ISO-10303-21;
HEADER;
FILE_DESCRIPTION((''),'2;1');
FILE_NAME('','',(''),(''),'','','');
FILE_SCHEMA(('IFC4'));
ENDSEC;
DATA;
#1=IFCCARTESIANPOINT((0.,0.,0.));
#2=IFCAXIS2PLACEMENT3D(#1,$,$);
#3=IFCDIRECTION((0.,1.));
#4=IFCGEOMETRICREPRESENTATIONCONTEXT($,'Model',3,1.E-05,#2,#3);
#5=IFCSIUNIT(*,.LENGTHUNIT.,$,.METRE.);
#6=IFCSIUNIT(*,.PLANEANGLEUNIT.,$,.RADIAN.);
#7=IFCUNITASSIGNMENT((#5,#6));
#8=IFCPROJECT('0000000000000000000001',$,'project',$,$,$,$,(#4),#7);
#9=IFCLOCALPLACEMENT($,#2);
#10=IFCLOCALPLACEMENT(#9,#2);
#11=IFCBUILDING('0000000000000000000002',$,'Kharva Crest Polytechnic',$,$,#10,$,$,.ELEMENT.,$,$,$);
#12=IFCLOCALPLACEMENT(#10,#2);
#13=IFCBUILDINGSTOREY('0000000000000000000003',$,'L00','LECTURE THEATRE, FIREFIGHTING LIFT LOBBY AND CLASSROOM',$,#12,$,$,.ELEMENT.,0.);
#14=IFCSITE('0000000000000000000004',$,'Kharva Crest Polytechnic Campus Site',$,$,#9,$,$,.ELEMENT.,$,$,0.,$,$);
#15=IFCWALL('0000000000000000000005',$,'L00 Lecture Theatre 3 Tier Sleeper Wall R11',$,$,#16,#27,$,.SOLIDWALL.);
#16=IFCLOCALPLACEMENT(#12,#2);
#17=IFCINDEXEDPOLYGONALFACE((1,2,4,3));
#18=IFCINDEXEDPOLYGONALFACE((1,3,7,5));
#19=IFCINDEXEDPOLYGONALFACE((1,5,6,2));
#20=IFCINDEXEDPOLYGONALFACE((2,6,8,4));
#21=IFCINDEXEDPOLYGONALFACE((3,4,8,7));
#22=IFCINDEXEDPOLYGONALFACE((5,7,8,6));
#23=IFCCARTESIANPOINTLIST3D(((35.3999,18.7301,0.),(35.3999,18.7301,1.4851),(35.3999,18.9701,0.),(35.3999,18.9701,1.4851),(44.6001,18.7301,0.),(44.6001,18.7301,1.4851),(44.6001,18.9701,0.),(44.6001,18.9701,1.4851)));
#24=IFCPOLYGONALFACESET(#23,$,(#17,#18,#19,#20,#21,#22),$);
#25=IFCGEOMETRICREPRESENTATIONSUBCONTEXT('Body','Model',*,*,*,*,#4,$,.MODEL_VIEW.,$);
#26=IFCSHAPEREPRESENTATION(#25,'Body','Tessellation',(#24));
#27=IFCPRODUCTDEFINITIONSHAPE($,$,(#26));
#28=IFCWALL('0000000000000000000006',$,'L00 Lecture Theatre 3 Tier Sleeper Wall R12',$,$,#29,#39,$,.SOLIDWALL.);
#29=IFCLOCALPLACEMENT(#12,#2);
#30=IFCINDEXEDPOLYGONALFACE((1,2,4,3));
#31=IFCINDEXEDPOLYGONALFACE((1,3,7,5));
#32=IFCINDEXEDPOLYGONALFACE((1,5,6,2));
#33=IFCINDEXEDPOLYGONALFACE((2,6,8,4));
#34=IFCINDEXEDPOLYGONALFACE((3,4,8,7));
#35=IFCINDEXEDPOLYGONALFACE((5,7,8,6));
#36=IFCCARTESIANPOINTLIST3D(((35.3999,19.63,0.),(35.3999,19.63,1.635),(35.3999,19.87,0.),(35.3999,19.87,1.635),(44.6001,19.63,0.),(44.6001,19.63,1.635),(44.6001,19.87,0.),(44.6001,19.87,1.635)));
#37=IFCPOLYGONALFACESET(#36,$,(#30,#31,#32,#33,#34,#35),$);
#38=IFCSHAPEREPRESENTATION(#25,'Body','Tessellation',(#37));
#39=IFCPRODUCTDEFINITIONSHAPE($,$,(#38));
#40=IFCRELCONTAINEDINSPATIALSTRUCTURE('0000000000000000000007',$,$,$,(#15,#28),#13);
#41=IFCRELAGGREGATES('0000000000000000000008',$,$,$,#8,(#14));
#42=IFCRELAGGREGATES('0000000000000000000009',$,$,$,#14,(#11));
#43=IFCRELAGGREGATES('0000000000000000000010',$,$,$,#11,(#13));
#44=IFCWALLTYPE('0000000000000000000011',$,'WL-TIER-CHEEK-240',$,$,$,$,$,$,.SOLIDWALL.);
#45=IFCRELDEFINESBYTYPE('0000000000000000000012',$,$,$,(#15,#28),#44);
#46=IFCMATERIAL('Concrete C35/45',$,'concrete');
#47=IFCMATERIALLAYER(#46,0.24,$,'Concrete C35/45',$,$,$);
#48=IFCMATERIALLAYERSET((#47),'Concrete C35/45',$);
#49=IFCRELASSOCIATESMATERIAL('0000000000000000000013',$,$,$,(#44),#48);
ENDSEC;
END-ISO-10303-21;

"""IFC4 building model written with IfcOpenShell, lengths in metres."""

from ifc_helpers import new_model, si_unit, direction, frame, frame_2d, origin, place, context, subcontext, project, spatial, rectangle, extrude, material, layer, layer_set, type_object, element, save


model = new_model("IFC4")

# Units and contexts
model_context = context("Model", 3, precision=1e-05, world=origin(), true_north=direction((0.0, 1.0)))
body_context = subcontext(model_context, "Body", "Model", "MODEL_VIEW")
ifc_project = project(units=[si_unit("LENGTHUNIT", "METRE"), si_unit("PLANEANGLEUNIT", "RADIAN")], contexts=[model_context])

# Site, building, storey
site_placement = place(None, origin())
site = spatial("IfcSite", under=ifc_project, at=site_placement, Name="Kharva Crest Polytechnic Campus Site", CompositionType="ELEMENT", RefElevation=0.0)
building_placement = place(site_placement, origin())
building = spatial("IfcBuilding", under=site, at=building_placement, Name="Kharva Crest Polytechnic", CompositionType="ELEMENT")
storey_placement = place(building_placement, origin())
storey = spatial("IfcBuildingStorey", under=building, at=storey_placement, Name="L00", Description="LECTURE THEATRE, FIREFIGHTING LIFT LOBBY AND CLASSROOM", CompositionType="ELEMENT", Elevation=0.0)

# Shared definitions
ifc_material_1 = material(Name="Concrete C35/45", Category="concrete")

# Walls
ifc_layer_1 = layer(ifc_material_1, 0.24, Name="Concrete C35/45")
ifc_layer_set_1 = layer_set([ifc_layer_1], Name="Concrete C35/45")
wall_type_1 = type_object("IfcWallType", Name="WL-TIER-CHEEK-240", PredefinedType="SOLIDWALL", material=ifc_layer_set_1)
wall_1_placement = place(storey_placement, frame((35.3999, 18.8501, 0.0), z_axis=(0.0, 0.0, 1.0), x_axis=(1.0, 0.0, 0.0)))
element("IfcWall", 1, at=wall_1_placement, inside=storey, type_object=wall_type_1, Name="L00 Lecture Theatre 3 Tier Sleeper Wall R11", PredefinedType="SOLIDWALL", context=body_context, shape_type="SweptSolid", body=[
    extrude(rectangle(XDim=9.2002, YDim=0.24, at=frame_2d((4.6001, 0.0))), origin(), (0.0, 0.0, 1.0), 1.4851),
])
wall_2_placement = place(storey_placement, frame((35.3999, 19.75, 0.0), z_axis=(0.0, 0.0, 1.0), x_axis=(1.0, 0.0, 0.0)))
element("IfcWall", 2, at=wall_2_placement, inside=storey, type_object=wall_type_1, Name="L00 Lecture Theatre 3 Tier Sleeper Wall R12", PredefinedType="SOLIDWALL", context=body_context, shape_type="SweptSolid", body=[
    extrude(rectangle(XDim=9.2002, YDim=0.24, at=frame_2d((4.6001, 0.0))), origin(), (0.0, 0.0, 1.0), 1.635),
])

save(model, "model.ifc")
